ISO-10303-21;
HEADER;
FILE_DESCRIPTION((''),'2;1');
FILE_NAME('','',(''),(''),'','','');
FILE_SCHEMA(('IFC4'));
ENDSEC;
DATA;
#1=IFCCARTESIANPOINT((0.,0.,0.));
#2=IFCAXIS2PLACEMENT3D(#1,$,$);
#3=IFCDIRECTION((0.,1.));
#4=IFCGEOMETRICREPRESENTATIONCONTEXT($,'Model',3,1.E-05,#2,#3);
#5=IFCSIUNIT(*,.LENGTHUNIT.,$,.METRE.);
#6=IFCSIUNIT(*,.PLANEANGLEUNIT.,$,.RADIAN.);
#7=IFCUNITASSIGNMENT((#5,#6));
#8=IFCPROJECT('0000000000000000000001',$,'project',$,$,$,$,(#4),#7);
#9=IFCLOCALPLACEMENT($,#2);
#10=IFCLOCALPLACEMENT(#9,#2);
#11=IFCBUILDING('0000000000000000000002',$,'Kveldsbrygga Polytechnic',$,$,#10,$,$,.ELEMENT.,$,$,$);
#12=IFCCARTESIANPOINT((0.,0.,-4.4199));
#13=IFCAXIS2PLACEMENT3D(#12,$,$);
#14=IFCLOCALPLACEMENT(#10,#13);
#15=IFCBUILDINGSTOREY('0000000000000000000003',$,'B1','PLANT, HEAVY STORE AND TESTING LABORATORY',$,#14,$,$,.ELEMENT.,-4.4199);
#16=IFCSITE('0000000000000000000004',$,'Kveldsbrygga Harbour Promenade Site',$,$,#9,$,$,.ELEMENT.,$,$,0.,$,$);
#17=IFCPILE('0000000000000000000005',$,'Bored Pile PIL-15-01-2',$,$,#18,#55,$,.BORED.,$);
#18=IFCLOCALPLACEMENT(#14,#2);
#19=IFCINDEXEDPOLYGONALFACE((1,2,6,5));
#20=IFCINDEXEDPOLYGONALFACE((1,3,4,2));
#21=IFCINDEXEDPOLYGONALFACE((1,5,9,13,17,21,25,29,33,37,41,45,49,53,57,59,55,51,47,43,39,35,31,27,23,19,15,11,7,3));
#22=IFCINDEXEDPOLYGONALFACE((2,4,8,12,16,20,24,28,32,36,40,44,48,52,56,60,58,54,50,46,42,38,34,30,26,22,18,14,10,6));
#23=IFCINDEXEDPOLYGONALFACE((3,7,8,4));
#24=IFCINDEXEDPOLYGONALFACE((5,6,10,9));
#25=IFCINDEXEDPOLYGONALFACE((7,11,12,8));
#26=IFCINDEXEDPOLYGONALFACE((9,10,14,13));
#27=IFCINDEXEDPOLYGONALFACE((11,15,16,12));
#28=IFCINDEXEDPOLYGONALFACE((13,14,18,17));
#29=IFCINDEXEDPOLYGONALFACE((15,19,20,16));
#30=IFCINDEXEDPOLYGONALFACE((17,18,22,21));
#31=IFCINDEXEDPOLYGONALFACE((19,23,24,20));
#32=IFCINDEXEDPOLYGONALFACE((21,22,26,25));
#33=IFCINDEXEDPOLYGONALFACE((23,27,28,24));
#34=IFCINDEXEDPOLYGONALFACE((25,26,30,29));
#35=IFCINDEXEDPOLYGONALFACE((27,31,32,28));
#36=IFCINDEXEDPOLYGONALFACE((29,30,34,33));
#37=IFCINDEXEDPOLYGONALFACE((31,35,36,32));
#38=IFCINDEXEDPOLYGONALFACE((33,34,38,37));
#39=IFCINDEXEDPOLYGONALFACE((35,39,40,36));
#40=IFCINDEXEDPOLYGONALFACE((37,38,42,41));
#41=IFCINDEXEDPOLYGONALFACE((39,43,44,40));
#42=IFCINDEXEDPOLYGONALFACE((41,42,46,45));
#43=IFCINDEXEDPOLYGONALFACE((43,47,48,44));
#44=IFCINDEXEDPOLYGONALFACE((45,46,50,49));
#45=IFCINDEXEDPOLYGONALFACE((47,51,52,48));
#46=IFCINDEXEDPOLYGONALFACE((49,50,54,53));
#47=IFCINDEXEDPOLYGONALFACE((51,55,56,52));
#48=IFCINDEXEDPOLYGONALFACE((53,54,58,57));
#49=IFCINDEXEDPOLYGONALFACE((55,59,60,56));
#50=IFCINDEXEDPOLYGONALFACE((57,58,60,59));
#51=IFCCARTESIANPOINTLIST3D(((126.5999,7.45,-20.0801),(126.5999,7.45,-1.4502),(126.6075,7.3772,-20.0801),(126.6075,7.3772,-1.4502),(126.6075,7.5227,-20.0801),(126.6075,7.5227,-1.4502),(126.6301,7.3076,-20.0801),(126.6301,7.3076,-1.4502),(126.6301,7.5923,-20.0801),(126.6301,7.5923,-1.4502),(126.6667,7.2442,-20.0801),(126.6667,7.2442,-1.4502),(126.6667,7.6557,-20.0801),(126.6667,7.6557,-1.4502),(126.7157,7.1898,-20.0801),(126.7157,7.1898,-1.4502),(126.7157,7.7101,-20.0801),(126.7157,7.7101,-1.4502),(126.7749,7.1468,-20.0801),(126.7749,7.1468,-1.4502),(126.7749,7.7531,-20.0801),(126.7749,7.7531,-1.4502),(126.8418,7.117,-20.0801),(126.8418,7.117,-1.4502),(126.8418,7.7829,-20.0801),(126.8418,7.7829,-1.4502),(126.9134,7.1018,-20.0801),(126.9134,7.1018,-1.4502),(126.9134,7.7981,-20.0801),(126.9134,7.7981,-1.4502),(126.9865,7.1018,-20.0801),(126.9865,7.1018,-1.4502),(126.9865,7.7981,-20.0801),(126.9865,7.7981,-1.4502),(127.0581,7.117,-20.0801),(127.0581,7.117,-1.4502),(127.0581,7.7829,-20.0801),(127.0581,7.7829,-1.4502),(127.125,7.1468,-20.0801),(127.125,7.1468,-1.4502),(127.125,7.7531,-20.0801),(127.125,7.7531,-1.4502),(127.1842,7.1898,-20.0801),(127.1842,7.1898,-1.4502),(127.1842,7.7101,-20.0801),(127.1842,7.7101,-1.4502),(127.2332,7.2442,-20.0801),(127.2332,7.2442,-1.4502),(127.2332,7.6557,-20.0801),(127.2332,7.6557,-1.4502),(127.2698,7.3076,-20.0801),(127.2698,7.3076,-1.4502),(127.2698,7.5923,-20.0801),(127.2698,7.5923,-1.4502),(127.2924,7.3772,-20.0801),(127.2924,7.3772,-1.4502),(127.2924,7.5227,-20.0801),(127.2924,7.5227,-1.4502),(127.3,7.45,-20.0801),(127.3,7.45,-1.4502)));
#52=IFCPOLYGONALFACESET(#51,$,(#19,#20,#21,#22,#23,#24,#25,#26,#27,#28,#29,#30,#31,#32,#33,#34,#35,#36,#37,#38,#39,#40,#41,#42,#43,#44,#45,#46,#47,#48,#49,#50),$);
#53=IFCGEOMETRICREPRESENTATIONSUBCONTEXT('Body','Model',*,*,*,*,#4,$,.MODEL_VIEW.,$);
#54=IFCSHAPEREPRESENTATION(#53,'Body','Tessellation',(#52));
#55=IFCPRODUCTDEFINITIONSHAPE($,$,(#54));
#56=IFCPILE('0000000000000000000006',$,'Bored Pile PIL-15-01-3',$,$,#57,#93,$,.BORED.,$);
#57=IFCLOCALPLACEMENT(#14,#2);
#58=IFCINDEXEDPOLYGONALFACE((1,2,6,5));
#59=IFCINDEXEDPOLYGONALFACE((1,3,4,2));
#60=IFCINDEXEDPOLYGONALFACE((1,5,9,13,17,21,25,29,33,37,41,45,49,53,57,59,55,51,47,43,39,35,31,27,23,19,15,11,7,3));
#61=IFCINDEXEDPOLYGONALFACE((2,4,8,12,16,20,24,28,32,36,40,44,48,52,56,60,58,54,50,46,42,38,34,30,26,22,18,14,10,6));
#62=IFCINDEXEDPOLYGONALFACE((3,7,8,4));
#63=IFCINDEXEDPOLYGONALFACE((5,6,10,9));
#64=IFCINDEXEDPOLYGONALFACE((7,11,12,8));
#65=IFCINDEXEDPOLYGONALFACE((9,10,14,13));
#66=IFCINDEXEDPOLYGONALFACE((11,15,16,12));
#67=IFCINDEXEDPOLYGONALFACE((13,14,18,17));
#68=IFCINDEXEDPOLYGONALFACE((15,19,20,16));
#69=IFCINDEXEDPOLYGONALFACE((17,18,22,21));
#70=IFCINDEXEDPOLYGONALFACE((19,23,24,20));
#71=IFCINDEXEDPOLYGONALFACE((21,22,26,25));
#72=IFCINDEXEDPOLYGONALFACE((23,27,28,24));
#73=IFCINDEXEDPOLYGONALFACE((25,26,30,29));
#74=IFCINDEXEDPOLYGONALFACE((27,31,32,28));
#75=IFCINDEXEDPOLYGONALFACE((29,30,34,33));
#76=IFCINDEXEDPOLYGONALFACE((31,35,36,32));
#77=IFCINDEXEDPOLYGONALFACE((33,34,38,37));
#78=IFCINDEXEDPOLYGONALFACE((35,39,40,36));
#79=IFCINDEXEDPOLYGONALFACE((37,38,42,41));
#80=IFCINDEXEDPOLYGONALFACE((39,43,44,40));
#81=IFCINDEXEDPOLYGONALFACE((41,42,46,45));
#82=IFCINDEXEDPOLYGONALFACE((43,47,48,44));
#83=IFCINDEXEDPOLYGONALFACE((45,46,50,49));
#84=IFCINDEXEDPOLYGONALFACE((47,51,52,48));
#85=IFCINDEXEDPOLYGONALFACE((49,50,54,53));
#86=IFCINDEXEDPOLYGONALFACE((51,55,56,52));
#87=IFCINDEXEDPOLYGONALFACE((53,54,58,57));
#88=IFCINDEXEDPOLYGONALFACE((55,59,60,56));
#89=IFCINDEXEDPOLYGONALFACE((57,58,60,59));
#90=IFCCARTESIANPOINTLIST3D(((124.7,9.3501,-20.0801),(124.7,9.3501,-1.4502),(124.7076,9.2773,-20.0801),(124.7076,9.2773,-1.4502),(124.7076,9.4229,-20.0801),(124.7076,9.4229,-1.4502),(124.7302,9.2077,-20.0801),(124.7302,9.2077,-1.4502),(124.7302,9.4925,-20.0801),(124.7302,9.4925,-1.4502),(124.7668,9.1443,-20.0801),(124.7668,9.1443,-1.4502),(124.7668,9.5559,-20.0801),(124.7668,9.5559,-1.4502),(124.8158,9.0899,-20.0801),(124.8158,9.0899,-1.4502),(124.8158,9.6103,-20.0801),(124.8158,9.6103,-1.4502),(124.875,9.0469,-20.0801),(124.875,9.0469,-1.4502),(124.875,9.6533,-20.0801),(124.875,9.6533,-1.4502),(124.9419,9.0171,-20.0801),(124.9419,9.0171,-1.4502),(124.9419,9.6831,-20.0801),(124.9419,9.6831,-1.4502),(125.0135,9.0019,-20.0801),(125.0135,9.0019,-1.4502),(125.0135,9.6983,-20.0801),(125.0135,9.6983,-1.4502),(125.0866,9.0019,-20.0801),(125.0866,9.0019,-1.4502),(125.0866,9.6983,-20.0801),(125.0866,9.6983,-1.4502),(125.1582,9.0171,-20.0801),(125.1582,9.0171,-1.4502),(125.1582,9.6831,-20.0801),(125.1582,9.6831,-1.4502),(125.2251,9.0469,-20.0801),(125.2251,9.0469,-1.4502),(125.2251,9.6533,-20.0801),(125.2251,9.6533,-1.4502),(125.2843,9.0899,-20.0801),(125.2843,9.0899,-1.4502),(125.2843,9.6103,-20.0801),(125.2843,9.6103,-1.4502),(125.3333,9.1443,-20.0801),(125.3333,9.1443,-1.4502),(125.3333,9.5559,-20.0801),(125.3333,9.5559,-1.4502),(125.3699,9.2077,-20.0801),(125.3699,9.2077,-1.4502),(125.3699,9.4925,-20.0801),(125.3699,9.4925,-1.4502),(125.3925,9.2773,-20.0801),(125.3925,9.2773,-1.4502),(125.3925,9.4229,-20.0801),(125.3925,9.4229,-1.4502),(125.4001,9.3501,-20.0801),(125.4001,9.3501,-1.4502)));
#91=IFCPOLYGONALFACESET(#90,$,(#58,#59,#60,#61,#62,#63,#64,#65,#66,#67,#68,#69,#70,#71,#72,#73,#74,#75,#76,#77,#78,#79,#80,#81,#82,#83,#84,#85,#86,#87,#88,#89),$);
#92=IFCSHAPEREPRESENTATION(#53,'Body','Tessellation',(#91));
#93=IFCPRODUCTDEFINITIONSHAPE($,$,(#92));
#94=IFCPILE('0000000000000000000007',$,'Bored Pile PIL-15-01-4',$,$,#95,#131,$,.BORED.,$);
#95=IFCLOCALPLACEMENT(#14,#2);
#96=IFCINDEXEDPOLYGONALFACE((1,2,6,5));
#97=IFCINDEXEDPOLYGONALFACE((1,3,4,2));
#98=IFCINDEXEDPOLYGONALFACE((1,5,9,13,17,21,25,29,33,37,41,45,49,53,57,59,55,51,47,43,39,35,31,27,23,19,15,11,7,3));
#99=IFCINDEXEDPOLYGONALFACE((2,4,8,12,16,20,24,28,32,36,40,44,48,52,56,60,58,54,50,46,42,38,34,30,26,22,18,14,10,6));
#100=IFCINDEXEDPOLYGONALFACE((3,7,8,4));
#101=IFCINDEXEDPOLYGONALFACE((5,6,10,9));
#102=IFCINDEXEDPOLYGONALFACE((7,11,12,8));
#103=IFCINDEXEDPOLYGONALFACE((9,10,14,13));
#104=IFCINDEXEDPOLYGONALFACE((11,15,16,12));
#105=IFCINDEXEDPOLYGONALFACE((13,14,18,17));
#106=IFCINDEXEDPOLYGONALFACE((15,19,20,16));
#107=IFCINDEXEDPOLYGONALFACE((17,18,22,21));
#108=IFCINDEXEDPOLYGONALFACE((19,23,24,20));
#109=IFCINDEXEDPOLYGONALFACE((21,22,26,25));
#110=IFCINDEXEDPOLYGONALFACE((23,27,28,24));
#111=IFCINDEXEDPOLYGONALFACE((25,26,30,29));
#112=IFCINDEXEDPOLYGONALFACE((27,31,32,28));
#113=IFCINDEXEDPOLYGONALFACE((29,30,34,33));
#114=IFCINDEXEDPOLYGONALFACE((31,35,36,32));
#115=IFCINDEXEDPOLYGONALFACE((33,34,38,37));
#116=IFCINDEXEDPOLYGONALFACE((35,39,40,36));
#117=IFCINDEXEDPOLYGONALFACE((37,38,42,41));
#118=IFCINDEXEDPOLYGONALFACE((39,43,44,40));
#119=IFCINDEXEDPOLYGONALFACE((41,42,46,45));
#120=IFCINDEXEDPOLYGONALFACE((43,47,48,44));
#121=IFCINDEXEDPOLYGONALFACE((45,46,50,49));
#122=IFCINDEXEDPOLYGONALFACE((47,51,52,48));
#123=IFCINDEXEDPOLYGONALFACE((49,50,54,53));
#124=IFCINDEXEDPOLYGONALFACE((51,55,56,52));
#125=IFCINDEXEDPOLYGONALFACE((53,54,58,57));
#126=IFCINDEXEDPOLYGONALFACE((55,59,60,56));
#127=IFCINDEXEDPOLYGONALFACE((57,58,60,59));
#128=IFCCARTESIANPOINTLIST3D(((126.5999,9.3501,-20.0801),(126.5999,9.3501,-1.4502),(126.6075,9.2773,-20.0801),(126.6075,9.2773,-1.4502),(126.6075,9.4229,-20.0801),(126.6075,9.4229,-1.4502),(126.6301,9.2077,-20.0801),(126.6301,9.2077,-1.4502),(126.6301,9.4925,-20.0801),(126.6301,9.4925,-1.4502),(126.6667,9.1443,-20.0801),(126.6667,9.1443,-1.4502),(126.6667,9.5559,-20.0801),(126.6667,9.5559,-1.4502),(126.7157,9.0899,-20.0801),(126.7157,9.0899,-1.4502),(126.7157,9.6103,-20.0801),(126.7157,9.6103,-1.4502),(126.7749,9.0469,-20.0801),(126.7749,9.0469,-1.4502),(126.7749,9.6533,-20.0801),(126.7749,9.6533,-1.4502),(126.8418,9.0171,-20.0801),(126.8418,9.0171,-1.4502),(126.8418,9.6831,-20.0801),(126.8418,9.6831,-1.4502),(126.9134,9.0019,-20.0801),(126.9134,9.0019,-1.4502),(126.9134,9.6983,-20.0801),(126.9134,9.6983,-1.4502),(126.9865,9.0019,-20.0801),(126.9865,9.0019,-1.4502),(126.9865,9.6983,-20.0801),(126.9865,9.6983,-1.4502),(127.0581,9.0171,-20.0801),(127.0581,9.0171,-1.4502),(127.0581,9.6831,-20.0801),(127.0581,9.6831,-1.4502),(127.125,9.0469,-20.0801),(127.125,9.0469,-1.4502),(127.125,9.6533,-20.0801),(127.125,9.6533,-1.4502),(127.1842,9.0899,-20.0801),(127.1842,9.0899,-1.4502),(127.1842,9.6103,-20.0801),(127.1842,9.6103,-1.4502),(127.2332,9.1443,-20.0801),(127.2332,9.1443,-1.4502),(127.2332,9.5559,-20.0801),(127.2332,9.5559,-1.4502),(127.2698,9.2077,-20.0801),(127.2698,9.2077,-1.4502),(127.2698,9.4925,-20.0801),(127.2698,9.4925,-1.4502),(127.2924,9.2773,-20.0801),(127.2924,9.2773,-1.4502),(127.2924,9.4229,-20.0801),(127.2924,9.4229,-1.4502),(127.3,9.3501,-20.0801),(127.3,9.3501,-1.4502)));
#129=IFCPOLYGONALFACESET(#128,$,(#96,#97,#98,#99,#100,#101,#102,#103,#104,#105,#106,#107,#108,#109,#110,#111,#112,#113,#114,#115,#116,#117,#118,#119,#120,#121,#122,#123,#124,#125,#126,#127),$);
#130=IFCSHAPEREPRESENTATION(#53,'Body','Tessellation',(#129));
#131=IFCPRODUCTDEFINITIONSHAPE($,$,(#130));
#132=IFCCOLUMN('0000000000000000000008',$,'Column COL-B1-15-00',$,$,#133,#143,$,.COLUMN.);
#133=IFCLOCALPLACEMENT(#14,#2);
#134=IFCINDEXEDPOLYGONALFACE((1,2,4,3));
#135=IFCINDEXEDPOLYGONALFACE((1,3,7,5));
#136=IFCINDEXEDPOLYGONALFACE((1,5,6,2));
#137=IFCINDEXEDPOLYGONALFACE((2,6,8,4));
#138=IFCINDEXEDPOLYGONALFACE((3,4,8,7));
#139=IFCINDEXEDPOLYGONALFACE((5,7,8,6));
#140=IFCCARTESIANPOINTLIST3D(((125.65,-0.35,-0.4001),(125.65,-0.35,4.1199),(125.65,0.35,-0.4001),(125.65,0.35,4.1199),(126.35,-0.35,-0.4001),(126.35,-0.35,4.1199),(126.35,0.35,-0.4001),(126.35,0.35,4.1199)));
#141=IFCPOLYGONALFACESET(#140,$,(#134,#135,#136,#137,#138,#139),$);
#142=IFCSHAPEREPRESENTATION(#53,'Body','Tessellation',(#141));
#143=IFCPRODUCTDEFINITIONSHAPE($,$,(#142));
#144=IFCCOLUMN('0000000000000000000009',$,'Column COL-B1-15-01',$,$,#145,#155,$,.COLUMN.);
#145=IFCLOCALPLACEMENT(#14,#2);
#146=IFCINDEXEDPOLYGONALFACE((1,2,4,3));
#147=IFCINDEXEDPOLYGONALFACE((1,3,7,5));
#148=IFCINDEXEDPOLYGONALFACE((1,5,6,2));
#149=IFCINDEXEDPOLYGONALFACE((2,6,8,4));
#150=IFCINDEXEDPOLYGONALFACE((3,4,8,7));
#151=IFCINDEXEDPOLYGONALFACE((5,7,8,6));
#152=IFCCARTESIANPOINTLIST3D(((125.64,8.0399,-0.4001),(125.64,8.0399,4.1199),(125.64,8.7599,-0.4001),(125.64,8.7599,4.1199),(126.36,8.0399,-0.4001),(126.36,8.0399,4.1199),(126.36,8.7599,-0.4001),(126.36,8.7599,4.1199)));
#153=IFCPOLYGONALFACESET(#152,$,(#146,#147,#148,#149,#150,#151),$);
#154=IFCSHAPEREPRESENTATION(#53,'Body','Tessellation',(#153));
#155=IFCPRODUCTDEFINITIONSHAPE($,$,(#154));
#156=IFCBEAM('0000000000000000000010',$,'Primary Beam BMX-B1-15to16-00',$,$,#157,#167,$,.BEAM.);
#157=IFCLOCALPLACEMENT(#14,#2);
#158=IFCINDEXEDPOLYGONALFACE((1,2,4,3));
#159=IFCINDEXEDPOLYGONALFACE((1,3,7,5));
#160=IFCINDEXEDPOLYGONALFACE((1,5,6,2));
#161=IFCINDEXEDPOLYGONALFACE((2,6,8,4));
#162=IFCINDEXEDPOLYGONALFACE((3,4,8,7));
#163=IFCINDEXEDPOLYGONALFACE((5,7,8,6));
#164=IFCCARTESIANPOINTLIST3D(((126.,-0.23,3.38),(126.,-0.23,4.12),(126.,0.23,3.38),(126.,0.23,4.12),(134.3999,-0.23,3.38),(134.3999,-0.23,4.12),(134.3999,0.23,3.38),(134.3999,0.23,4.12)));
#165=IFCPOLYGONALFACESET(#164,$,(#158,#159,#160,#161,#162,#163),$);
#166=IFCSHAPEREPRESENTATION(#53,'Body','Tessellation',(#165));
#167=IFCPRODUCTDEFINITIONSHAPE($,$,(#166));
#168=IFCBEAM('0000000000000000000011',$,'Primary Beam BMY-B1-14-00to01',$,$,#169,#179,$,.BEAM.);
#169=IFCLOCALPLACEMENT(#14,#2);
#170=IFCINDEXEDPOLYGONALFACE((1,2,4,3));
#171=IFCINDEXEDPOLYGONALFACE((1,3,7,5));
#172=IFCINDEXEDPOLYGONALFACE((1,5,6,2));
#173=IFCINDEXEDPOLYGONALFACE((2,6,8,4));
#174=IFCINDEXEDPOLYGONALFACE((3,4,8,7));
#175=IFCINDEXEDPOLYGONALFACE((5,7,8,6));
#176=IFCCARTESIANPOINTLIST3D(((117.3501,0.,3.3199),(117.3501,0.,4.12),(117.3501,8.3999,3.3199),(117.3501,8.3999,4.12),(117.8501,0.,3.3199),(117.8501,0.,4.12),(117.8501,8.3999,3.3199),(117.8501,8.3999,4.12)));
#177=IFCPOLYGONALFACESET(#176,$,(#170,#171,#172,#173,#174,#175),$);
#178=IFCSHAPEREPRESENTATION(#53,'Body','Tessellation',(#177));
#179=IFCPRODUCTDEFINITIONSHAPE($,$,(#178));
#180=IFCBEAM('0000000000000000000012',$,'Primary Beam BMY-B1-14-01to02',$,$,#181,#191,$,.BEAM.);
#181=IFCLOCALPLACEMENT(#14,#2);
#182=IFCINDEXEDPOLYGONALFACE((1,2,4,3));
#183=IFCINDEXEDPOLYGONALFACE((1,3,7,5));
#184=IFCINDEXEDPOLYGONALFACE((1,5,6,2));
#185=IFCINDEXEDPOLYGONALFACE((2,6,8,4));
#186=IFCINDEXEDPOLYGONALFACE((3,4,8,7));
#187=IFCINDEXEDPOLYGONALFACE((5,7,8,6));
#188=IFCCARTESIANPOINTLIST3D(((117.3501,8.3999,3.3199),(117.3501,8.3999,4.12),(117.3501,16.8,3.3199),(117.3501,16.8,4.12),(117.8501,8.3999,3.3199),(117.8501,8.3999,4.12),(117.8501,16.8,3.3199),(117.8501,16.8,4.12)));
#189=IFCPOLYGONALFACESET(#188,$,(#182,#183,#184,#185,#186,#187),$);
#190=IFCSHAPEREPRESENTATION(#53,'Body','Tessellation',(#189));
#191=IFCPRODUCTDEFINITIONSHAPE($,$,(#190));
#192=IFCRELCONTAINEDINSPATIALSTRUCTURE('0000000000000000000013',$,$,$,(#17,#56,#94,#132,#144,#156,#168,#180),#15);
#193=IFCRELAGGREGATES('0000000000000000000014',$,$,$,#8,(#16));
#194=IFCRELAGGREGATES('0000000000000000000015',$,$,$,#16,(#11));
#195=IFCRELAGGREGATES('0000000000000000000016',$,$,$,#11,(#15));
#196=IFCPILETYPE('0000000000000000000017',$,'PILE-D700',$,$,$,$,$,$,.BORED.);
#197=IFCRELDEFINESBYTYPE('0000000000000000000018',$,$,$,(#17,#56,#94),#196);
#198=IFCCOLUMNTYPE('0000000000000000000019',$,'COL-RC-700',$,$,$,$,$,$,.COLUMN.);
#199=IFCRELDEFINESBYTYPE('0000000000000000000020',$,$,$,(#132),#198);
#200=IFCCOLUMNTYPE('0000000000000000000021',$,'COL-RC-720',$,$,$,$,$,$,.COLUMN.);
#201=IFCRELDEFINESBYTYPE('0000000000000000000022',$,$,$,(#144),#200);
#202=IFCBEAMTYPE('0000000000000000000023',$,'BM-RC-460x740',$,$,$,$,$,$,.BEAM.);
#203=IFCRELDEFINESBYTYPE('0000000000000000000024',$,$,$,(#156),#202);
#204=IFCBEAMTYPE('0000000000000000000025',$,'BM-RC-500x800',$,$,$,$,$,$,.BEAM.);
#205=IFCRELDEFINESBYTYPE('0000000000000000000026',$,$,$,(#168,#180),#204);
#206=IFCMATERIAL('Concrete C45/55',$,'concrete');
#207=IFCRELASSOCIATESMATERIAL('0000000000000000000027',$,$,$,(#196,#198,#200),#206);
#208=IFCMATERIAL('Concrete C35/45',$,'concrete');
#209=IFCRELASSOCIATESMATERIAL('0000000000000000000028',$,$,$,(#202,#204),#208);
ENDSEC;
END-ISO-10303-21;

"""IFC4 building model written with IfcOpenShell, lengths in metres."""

from ifc_helpers import new_model, si_unit, direction, frame, origin, origin_2d, place, context, subcontext, project, spatial, rectangle, circle, extrude, material, material_profile, profile_set, type_object, element, save


model = new_model("IFC4")

# Units and contexts
model_context = context("Model", 3, precision=1e-05, world=origin(), true_north=direction((0.0, 1.0)))
body_context = subcontext(model_context, "Body", "Model", "MODEL_VIEW")
ifc_project = project(units=[si_unit("LENGTHUNIT", "METRE"), si_unit("PLANEANGLEUNIT", "RADIAN")], contexts=[model_context])

# Site, building, storey
site_placement = place(None, origin())
site = spatial("IfcSite", under=ifc_project, at=site_placement, Name="Kveldsbrygga Harbour Promenade Site", CompositionType="ELEMENT", RefElevation=0.0)
building_placement = place(site_placement, origin())
building = spatial("IfcBuilding", under=site, at=building_placement, Name="Kveldsbrygga Polytechnic", CompositionType="ELEMENT")
storey_placement = place(building_placement, frame((0.0, 0.0, -4.4199)))
storey = spatial("IfcBuildingStorey", under=building, at=storey_placement, Name="B1", Description="PLANT, HEAVY STORE AND TESTING LABORATORY", CompositionType="ELEMENT", Elevation=-4.4199)

# Shared definitions
ifc_material_1 = material(Name="Concrete C45/55", Category="concrete")

# Piles
ifc_material_profile_1 = material_profile(ifc_material_1, circle(Radius=0.3501, at=origin_2d()), Name="PILE D700")
ifc_profile_set_1 = profile_set([ifc_material_profile_1], Name="Concrete C45/55")
pile_type = type_object("IfcPileType", Name="PILE-D700", PredefinedType="BORED", material=ifc_profile_set_1)
for number, where, z_axis, x_axis, name in (
    (1, (126.95, 7.45, -1.4502), (0.0, 0.0, -1.0), (1.0, 0.0, 0.0), "Bored Pile PIL-15-01-2"),
    (2, (125.05, 9.3501, -1.4502), (0.0, 0.0, -1.0), (1.0, 0.0, 0.0), "Bored Pile PIL-15-01-3"),
    (3, (126.95, 9.3501, -1.4502), (0.0, 0.0, -1.0), (1.0, 0.0, 0.0), "Bored Pile PIL-15-01-4"),
):
    element("IfcPile", number, at=place(storey_placement, frame(where, z_axis=z_axis, x_axis=x_axis)), inside=storey, type_object=pile_type, Name=name, PredefinedType="BORED", context=body_context, shape_type="SweptSolid", body=[
        extrude(circle(Radius=0.3501, at=origin_2d()), origin(), (0.0, 0.0, 1.0), 18.6299),
    ])

# Columns
ifc_material_profile_2 = material_profile(ifc_material_1, rectangle(XDim=0.7, YDim=0.7, at=origin_2d()), Name="RC 700x700")
ifc_profile_set_2 = profile_set([ifc_material_profile_2], Name="Concrete C45/55")
column_type_1 = type_object("IfcColumnType", Name="COL-RC-700", PredefinedType="COLUMN", material=ifc_profile_set_2)
column_1_placement = place(storey_placement, frame((126.0, 0.0, -0.4001), z_axis=(0.0, 0.0, 1.0), x_axis=(1.0, 0.0, 0.0)))
element("IfcColumn", 4, at=column_1_placement, inside=storey, type_object=column_type_1, Name="Column COL-B1-15-00", PredefinedType="COLUMN", context=body_context, shape_type="SweptSolid", body=[
    extrude(rectangle(XDim=0.7, YDim=0.7, at=origin_2d()), origin(), (0.0, 0.0, 1.0), 4.52),
])
ifc_material_profile_3 = material_profile(ifc_material_1, rectangle(XDim=0.72, YDim=0.72, at=origin_2d()), Name="RC 720x720")
ifc_profile_set_3 = profile_set([ifc_material_profile_3], Name="Concrete C45/55")
column_type_2 = type_object("IfcColumnType", Name="COL-RC-720", PredefinedType="COLUMN", material=ifc_profile_set_3)
column_2_placement = place(storey_placement, frame((126.0, 8.3999, -0.4001), z_axis=(0.0, 0.0, 1.0), x_axis=(1.0, 0.0, 0.0)))
element("IfcColumn", 5, at=column_2_placement, inside=storey, type_object=column_type_2, Name="Column COL-B1-15-01", PredefinedType="COLUMN", context=body_context, shape_type="SweptSolid", body=[
    extrude(rectangle(XDim=0.72, YDim=0.72, at=origin_2d()), origin(), (0.0, 0.0, 1.0), 4.52),
])

# Beams
ifc_material_2 = material(Name="Concrete C35/45", Category="concrete")
ifc_material_profile_4 = material_profile(ifc_material_2, rectangle(XDim=0.46, YDim=0.74, at=origin_2d()), Name="RC 460x740")
ifc_profile_set_4 = profile_set([ifc_material_profile_4], Name="Concrete C35/45")
beam_type_1 = type_object("IfcBeamType", Name="BM-RC-460x740", PredefinedType="BEAM", material=ifc_profile_set_4)
beam_1_placement = place(storey_placement, frame((126.0, 0.0, 3.75), z_axis=(1.0, 0.0, 0.0), x_axis=(0.0, 1.0, 0.0)))
element("IfcBeam", 6, at=beam_1_placement, inside=storey, type_object=beam_type_1, Name="Primary Beam BMX-B1-15to16-00", PredefinedType="BEAM", context=body_context, shape_type="SweptSolid", body=[
    extrude(rectangle(XDim=0.46, YDim=0.74, at=origin_2d()), origin(), (0.0, 0.0, 1.0), 8.3999),
])
ifc_material_profile_5 = material_profile(ifc_material_2, rectangle(XDim=0.5, YDim=0.8, at=origin_2d()), Name="RC 500x800")
ifc_profile_set_5 = profile_set([ifc_material_profile_5], Name="Concrete C35/45")
beam_type_2 = type_object("IfcBeamType", Name="BM-RC-500x800", PredefinedType="BEAM", material=ifc_profile_set_5)
beam_2_placement = place(storey_placement, frame((117.6001, 0.0, 3.72), z_axis=(0.0, 1.0, 0.0), x_axis=(-1.0, 0.0, 0.0)))
element("IfcBeam", 7, at=beam_2_placement, inside=storey, type_object=beam_type_2, Name="Primary Beam BMY-B1-14-00to01", PredefinedType="BEAM", context=body_context, shape_type="SweptSolid", body=[
    extrude(rectangle(XDim=0.5, YDim=0.8, at=origin_2d()), origin(), (0.0, 0.0, 1.0), 8.3999),
])
beam_3_placement = place(storey_placement, frame((117.6001, 8.3999, 3.72), z_axis=(0.0, 1.0, 0.0), x_axis=(-1.0, 0.0, 0.0)))
element("IfcBeam", 8, at=beam_3_placement, inside=storey, type_object=beam_type_2, Name="Primary Beam BMY-B1-14-01to02", PredefinedType="BEAM", context=body_context, shape_type="SweptSolid", body=[
    extrude(rectangle(XDim=0.5, YDim=0.8, at=origin_2d()), origin(), (0.0, 0.0, 1.0), 8.4001),
])

save(model, "model.ifc")
